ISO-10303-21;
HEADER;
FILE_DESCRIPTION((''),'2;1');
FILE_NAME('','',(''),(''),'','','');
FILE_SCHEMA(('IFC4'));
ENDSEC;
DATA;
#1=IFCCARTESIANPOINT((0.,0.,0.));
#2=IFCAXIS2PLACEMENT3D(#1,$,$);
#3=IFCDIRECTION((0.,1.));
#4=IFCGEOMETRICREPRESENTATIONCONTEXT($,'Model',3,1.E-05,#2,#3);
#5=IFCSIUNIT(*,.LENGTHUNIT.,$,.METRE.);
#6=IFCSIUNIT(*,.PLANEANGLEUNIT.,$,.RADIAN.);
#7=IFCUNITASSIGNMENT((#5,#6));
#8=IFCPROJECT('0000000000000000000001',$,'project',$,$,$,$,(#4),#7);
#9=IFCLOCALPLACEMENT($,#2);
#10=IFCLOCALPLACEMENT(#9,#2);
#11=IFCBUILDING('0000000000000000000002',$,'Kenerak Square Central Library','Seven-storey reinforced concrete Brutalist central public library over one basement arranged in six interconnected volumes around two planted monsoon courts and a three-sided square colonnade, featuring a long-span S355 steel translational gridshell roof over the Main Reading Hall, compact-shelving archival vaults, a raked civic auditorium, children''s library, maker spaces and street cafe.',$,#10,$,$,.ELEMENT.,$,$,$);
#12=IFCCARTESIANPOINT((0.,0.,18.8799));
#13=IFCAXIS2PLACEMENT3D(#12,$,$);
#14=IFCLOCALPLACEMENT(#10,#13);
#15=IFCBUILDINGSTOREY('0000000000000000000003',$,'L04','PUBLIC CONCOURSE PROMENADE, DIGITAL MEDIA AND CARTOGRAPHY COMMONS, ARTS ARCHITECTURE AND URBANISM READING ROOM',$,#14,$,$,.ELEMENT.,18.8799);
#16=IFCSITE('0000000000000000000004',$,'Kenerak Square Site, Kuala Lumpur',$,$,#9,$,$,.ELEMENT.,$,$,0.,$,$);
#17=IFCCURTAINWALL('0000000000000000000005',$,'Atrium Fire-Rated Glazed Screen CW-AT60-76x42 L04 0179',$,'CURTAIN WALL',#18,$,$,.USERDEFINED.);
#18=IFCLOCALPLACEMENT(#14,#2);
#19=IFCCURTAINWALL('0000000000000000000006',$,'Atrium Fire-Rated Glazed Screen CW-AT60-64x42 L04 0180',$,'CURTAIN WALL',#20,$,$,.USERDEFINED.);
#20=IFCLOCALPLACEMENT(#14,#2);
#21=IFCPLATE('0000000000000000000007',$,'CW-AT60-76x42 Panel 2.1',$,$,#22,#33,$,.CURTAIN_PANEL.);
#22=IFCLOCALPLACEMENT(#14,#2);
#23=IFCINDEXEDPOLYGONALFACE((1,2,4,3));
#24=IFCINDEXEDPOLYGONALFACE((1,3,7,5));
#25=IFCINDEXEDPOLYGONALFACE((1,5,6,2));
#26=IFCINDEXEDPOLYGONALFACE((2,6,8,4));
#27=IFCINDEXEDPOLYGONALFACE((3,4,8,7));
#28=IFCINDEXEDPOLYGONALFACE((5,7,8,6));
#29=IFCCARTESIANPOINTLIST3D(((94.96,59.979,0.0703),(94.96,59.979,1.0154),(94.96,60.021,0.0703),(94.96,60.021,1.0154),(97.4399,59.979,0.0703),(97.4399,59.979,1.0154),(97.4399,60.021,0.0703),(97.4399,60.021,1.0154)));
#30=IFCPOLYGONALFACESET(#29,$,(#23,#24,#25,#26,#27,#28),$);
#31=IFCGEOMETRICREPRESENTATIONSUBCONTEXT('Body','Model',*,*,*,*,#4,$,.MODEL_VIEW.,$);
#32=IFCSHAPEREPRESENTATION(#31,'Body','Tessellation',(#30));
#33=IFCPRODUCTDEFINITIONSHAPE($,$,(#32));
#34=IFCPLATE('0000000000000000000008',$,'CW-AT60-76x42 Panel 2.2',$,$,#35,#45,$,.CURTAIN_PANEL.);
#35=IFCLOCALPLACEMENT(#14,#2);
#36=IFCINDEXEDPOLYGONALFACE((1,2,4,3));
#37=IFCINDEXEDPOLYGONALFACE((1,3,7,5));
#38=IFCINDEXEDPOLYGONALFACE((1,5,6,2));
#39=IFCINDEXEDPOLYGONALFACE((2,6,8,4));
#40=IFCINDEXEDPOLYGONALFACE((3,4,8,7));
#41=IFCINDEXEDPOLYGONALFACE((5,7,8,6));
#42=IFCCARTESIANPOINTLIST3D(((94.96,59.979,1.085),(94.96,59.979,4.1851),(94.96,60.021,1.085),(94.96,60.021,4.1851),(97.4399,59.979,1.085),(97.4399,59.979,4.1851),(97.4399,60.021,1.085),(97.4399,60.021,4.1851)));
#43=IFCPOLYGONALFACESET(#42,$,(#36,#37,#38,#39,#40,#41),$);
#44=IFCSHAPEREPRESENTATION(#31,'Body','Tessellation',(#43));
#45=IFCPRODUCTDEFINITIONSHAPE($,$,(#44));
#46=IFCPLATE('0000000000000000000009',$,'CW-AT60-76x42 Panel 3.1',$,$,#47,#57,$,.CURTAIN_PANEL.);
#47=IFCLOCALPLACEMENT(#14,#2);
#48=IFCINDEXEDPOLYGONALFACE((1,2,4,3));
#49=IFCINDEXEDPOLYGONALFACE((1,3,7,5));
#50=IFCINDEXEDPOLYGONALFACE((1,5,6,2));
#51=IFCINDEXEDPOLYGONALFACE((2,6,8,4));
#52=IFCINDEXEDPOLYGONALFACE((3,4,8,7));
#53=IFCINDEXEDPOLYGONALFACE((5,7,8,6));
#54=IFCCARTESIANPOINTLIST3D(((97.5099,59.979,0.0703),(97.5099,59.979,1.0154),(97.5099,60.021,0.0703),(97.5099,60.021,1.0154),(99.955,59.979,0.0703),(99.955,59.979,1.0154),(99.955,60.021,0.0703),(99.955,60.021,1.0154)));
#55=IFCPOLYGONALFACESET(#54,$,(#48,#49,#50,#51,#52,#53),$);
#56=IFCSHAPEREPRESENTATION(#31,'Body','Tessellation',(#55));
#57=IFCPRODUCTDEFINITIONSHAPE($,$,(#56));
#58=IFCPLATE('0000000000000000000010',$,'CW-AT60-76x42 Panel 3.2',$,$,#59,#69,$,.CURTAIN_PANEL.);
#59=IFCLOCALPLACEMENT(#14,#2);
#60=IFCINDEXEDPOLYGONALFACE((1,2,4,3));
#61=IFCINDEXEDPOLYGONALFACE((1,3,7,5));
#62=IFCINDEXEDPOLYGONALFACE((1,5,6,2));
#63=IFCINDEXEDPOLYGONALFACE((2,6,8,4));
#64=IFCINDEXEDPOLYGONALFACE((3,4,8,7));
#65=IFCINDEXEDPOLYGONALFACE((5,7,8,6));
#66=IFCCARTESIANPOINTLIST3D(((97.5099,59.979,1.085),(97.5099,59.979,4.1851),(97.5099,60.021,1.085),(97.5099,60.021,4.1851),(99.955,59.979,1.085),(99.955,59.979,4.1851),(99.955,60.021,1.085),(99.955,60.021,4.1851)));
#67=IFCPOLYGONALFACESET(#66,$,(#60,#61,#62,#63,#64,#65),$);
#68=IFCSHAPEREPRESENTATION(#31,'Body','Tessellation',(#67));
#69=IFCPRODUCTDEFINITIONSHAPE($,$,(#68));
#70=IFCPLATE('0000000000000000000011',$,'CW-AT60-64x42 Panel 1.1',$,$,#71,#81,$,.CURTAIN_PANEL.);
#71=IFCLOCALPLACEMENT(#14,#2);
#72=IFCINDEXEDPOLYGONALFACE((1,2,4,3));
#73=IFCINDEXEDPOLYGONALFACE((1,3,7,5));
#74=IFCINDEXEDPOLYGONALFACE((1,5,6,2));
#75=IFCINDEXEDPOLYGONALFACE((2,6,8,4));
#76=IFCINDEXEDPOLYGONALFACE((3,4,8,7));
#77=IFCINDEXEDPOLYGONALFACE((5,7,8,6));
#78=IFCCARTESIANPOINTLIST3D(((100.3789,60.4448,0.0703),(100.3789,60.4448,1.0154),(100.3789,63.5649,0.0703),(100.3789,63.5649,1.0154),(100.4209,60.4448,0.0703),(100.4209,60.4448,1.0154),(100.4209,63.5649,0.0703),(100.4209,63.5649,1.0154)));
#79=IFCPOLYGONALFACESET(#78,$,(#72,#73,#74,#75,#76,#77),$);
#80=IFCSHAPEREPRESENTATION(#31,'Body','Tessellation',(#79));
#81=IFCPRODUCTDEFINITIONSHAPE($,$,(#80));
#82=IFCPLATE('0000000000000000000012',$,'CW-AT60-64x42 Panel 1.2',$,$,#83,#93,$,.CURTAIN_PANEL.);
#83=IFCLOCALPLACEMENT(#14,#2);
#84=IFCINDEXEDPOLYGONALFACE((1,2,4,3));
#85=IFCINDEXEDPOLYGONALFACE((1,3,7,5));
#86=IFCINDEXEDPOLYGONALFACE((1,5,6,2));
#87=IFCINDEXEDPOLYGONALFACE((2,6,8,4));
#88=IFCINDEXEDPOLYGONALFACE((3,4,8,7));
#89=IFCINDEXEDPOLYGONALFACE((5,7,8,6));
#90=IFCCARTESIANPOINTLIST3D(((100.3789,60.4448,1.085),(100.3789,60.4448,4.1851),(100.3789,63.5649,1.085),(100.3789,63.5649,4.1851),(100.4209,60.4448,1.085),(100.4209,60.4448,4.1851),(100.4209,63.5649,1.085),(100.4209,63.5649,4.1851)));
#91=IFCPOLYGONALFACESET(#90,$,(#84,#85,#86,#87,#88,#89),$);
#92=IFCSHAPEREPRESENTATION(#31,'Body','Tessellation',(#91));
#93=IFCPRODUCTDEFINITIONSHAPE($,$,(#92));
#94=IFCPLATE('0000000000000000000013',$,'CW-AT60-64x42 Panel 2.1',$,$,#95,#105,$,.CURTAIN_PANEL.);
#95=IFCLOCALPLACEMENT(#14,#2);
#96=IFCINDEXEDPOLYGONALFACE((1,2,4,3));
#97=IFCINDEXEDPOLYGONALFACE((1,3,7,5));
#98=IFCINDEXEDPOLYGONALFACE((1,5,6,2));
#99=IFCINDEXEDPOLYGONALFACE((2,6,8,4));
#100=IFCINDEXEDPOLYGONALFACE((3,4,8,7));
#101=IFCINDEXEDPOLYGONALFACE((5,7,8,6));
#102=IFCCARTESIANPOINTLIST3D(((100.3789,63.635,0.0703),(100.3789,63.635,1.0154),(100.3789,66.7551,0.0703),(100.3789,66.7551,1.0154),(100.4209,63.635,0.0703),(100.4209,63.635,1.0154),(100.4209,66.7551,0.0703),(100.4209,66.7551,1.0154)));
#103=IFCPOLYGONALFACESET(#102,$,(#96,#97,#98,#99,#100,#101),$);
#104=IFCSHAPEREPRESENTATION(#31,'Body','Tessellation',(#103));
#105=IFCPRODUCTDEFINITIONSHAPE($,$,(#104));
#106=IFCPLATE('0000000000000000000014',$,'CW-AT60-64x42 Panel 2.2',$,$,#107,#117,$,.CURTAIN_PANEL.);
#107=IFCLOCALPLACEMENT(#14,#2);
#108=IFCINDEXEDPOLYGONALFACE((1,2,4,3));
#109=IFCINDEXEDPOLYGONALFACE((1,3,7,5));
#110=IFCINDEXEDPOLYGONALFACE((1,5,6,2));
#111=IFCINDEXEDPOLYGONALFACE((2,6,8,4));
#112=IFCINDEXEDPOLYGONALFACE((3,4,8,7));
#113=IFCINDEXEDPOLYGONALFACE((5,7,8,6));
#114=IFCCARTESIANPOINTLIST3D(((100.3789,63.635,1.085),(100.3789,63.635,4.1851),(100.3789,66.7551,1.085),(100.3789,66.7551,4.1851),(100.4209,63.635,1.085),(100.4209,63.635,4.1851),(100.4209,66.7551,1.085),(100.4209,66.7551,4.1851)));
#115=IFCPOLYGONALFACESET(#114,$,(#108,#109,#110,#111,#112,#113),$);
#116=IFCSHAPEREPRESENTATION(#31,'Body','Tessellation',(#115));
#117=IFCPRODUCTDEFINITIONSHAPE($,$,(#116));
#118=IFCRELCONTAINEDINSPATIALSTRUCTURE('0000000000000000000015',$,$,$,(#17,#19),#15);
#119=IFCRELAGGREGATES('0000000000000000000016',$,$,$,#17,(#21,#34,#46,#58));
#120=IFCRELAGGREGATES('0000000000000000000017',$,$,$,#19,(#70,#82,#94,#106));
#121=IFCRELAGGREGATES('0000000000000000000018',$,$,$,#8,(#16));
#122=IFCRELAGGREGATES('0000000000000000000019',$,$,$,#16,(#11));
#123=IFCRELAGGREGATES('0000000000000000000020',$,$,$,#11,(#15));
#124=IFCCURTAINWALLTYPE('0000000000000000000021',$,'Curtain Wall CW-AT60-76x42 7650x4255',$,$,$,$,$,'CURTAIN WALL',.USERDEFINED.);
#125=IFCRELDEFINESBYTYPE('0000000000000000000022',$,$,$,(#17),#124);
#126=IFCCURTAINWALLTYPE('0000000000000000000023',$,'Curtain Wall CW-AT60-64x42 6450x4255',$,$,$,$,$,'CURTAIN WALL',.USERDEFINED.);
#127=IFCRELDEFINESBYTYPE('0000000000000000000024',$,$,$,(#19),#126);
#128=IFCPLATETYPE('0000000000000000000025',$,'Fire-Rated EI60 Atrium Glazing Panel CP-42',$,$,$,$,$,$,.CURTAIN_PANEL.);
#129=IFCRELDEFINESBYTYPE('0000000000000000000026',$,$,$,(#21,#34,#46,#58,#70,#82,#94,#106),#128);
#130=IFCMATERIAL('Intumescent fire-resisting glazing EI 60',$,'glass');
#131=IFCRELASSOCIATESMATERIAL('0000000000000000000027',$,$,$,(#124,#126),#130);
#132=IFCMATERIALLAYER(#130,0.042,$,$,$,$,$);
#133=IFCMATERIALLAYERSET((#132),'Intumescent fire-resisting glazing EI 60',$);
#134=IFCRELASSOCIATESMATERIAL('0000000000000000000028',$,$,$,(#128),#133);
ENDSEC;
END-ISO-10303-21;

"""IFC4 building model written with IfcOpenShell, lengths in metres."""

from ifc_helpers import new_model, si_unit, direction, frame, origin, origin_2d, place, context, subcontext, project, spatial, rectangle, extrude, material, layer, layer_set, type_object, element, aggregate, save


model = new_model("IFC4")

# Units and contexts
model_context = context("Model", 3, precision=1e-05, world=origin(), true_north=direction((0.0, 1.0)))
body_context = subcontext(model_context, "Body", "Model", "MODEL_VIEW")
ifc_project = project(units=[si_unit("LENGTHUNIT", "METRE"), si_unit("PLANEANGLEUNIT", "RADIAN")], contexts=[model_context])

# Site, building, storey
site_placement = place(None, origin())
site = spatial("IfcSite", under=ifc_project, at=site_placement, Name="Kenerak Square Site, Kuala Lumpur", CompositionType="ELEMENT", RefElevation=0.0)
building_placement = place(site_placement, origin())
building = spatial("IfcBuilding", under=site, at=building_placement, Name="Kenerak Square Central Library", Description="Seven-storey reinforced concrete Brutalist central public library over one basement arranged in six interconnected volumes around two planted monsoon courts and a three-sided square colonnade, featuring a long-span S355 steel translational gridshell roof over the Main Reading Hall, compact-shelving archival vaults, a raked civic auditorium, children's library, maker spaces and street cafe.", CompositionType="ELEMENT")
storey_placement = place(building_placement, frame((0.0, 0.0, 18.8799)))
storey = spatial("IfcBuildingStorey", under=building, at=storey_placement, Name="L04", Description="PUBLIC CONCOURSE PROMENADE, DIGITAL MEDIA AND CARTOGRAPHY COMMONS, ARTS ARCHITECTURE AND URBANISM READING ROOM", CompositionType="ELEMENT", Elevation=18.8799)

# Curtain walls
ifc_material_1 = material(Name="Intumescent fire-resisting glazing EI 60", Category="glass")
curtain_wall_type_1 = type_object("IfcCurtainWallType", Name="Curtain Wall CW-AT60-76x42 7650x4255", ElementType="CURTAIN WALL", PredefinedType="USERDEFINED", material=ifc_material_1)
curtain_wall_1_placement = place(storey_placement, origin())
curtain_wall_1 = element("IfcCurtainWall", 1, at=curtain_wall_1_placement, inside=storey, type_object=curtain_wall_type_1, Name="Atrium Fire-Rated Glazed Screen CW-AT60-76x42 L04 0179", ObjectType="CURTAIN WALL", PredefinedType="USERDEFINED")
curtain_wall_type_2 = type_object("IfcCurtainWallType", Name="Curtain Wall CW-AT60-64x42 6450x4255", ElementType="CURTAIN WALL", PredefinedType="USERDEFINED", material=ifc_material_1)
curtain_wall_2_placement = place(storey_placement, origin())
curtain_wall_2 = element("IfcCurtainWall", 2, at=curtain_wall_2_placement, inside=storey, type_object=curtain_wall_type_2, Name="Atrium Fire-Rated Glazed Screen CW-AT60-64x42 L04 0180", ObjectType="CURTAIN WALL", PredefinedType="USERDEFINED")

# Plates
ifc_layer = layer(ifc_material_1, 0.042)
ifc_layer_set = layer_set([ifc_layer], Name="Intumescent fire-resisting glazing EI 60")
plate_type = type_object("IfcPlateType", Name="Fire-Rated EI60 Atrium Glazing Panel CP-42", PredefinedType="CURTAIN_PANEL", material=ifc_layer_set)
plate_1_placement = place(storey_placement, frame((96.2, 60.0, 0.0703), z_axis=(0.0, 0.0, 1.0), x_axis=(1.0, 0.0, 0.0)))
plate_1 = element("IfcPlate", 3, at=plate_1_placement, type_object=plate_type, Name="CW-AT60-76x42 Panel 2.1", PredefinedType="CURTAIN_PANEL", context=body_context, shape_type="SweptSolid", body=[
    extrude(rectangle(XDim=2.48, YDim=0.042, at=origin_2d()), origin(), (0.0, 0.0, 1.0), 0.9451),
])
plate_2_placement = place(storey_placement, frame((96.2, 60.0, 1.085), z_axis=(0.0, 0.0, 1.0), x_axis=(1.0, 0.0, 0.0)))
plate_2 = element("IfcPlate", 4, at=plate_2_placement, type_object=plate_type, Name="CW-AT60-76x42 Panel 2.2", PredefinedType="CURTAIN_PANEL", context=body_context, shape_type="SweptSolid", body=[
    extrude(rectangle(XDim=2.48, YDim=0.042, at=origin_2d()), origin(), (0.0, 0.0, 1.0), 3.1001),
])
plate_3_placement = place(storey_placement, frame((98.7324, 60.0, 0.0703), z_axis=(0.0, 0.0, 1.0), x_axis=(1.0, 0.0, 0.0)))
plate_3 = element("IfcPlate", 5, at=plate_3_placement, type_object=plate_type, Name="CW-AT60-76x42 Panel 3.1", PredefinedType="CURTAIN_PANEL", context=body_context, shape_type="SweptSolid", body=[
    extrude(rectangle(XDim=2.4451, YDim=0.042, at=origin_2d()), origin(), (0.0, 0.0, 1.0), 0.9451),
])
plate_4_placement = place(storey_placement, frame((98.7324, 60.0, 1.085), z_axis=(0.0, 0.0, 1.0), x_axis=(1.0, 0.0, 0.0)))
plate_4 = element("IfcPlate", 6, at=plate_4_placement, type_object=plate_type, Name="CW-AT60-76x42 Panel 3.2", PredefinedType="CURTAIN_PANEL", context=body_context, shape_type="SweptSolid", body=[
    extrude(rectangle(XDim=2.4451, YDim=0.042, at=origin_2d()), origin(), (0.0, 0.0, 1.0), 3.1001),
])
aggregate(curtain_wall_1, [plate_1, plate_2, plate_3, plate_4])
plate_5_placement = place(storey_placement, frame((100.3999, 62.0049, 0.0703), z_axis=(0.0, 0.0, 1.0), x_axis=(0.0, 1.0, 0.0)))
plate_5 = element("IfcPlate", 7, at=plate_5_placement, type_object=plate_type, Name="CW-AT60-64x42 Panel 1.1", PredefinedType="CURTAIN_PANEL", context=body_context, shape_type="SweptSolid", body=[
    extrude(rectangle(XDim=3.1201, YDim=0.042, at=origin_2d()), origin(), (0.0, 0.0, 1.0), 0.9451),
])
plate_6_placement = place(storey_placement, frame((100.3999, 62.0049, 1.085), z_axis=(0.0, 0.0, 1.0), x_axis=(0.0, 1.0, 0.0)))
plate_6 = element("IfcPlate", 8, at=plate_6_placement, type_object=plate_type, Name="CW-AT60-64x42 Panel 1.2", PredefinedType="CURTAIN_PANEL", context=body_context, shape_type="SweptSolid", body=[
    extrude(rectangle(XDim=3.1201, YDim=0.042, at=origin_2d()), origin(), (0.0, 0.0, 1.0), 3.1001),
])
plate_7_placement = place(storey_placement, frame((100.3999, 65.1951, 0.0703), z_axis=(0.0, 0.0, 1.0), x_axis=(0.0, 1.0, 0.0)))
plate_7 = element("IfcPlate", 9, at=plate_7_placement, type_object=plate_type, Name="CW-AT60-64x42 Panel 2.1", PredefinedType="CURTAIN_PANEL", context=body_context, shape_type="SweptSolid", body=[
    extrude(rectangle(XDim=3.1201, YDim=0.042, at=origin_2d()), origin(), (0.0, 0.0, 1.0), 0.9451),
])
plate_8_placement = place(storey_placement, frame((100.3999, 65.1951, 1.085), z_axis=(0.0, 0.0, 1.0), x_axis=(0.0, 1.0, 0.0)))
plate_8 = element("IfcPlate", 10, at=plate_8_placement, type_object=plate_type, Name="CW-AT60-64x42 Panel 2.2", PredefinedType="CURTAIN_PANEL", context=body_context, shape_type="SweptSolid", body=[
    extrude(rectangle(XDim=3.1201, YDim=0.042, at=origin_2d()), origin(), (0.0, 0.0, 1.0), 3.1001),
])
aggregate(curtain_wall_2, [plate_5, plate_6, plate_7, plate_8])

save(model, "model.ifc")
